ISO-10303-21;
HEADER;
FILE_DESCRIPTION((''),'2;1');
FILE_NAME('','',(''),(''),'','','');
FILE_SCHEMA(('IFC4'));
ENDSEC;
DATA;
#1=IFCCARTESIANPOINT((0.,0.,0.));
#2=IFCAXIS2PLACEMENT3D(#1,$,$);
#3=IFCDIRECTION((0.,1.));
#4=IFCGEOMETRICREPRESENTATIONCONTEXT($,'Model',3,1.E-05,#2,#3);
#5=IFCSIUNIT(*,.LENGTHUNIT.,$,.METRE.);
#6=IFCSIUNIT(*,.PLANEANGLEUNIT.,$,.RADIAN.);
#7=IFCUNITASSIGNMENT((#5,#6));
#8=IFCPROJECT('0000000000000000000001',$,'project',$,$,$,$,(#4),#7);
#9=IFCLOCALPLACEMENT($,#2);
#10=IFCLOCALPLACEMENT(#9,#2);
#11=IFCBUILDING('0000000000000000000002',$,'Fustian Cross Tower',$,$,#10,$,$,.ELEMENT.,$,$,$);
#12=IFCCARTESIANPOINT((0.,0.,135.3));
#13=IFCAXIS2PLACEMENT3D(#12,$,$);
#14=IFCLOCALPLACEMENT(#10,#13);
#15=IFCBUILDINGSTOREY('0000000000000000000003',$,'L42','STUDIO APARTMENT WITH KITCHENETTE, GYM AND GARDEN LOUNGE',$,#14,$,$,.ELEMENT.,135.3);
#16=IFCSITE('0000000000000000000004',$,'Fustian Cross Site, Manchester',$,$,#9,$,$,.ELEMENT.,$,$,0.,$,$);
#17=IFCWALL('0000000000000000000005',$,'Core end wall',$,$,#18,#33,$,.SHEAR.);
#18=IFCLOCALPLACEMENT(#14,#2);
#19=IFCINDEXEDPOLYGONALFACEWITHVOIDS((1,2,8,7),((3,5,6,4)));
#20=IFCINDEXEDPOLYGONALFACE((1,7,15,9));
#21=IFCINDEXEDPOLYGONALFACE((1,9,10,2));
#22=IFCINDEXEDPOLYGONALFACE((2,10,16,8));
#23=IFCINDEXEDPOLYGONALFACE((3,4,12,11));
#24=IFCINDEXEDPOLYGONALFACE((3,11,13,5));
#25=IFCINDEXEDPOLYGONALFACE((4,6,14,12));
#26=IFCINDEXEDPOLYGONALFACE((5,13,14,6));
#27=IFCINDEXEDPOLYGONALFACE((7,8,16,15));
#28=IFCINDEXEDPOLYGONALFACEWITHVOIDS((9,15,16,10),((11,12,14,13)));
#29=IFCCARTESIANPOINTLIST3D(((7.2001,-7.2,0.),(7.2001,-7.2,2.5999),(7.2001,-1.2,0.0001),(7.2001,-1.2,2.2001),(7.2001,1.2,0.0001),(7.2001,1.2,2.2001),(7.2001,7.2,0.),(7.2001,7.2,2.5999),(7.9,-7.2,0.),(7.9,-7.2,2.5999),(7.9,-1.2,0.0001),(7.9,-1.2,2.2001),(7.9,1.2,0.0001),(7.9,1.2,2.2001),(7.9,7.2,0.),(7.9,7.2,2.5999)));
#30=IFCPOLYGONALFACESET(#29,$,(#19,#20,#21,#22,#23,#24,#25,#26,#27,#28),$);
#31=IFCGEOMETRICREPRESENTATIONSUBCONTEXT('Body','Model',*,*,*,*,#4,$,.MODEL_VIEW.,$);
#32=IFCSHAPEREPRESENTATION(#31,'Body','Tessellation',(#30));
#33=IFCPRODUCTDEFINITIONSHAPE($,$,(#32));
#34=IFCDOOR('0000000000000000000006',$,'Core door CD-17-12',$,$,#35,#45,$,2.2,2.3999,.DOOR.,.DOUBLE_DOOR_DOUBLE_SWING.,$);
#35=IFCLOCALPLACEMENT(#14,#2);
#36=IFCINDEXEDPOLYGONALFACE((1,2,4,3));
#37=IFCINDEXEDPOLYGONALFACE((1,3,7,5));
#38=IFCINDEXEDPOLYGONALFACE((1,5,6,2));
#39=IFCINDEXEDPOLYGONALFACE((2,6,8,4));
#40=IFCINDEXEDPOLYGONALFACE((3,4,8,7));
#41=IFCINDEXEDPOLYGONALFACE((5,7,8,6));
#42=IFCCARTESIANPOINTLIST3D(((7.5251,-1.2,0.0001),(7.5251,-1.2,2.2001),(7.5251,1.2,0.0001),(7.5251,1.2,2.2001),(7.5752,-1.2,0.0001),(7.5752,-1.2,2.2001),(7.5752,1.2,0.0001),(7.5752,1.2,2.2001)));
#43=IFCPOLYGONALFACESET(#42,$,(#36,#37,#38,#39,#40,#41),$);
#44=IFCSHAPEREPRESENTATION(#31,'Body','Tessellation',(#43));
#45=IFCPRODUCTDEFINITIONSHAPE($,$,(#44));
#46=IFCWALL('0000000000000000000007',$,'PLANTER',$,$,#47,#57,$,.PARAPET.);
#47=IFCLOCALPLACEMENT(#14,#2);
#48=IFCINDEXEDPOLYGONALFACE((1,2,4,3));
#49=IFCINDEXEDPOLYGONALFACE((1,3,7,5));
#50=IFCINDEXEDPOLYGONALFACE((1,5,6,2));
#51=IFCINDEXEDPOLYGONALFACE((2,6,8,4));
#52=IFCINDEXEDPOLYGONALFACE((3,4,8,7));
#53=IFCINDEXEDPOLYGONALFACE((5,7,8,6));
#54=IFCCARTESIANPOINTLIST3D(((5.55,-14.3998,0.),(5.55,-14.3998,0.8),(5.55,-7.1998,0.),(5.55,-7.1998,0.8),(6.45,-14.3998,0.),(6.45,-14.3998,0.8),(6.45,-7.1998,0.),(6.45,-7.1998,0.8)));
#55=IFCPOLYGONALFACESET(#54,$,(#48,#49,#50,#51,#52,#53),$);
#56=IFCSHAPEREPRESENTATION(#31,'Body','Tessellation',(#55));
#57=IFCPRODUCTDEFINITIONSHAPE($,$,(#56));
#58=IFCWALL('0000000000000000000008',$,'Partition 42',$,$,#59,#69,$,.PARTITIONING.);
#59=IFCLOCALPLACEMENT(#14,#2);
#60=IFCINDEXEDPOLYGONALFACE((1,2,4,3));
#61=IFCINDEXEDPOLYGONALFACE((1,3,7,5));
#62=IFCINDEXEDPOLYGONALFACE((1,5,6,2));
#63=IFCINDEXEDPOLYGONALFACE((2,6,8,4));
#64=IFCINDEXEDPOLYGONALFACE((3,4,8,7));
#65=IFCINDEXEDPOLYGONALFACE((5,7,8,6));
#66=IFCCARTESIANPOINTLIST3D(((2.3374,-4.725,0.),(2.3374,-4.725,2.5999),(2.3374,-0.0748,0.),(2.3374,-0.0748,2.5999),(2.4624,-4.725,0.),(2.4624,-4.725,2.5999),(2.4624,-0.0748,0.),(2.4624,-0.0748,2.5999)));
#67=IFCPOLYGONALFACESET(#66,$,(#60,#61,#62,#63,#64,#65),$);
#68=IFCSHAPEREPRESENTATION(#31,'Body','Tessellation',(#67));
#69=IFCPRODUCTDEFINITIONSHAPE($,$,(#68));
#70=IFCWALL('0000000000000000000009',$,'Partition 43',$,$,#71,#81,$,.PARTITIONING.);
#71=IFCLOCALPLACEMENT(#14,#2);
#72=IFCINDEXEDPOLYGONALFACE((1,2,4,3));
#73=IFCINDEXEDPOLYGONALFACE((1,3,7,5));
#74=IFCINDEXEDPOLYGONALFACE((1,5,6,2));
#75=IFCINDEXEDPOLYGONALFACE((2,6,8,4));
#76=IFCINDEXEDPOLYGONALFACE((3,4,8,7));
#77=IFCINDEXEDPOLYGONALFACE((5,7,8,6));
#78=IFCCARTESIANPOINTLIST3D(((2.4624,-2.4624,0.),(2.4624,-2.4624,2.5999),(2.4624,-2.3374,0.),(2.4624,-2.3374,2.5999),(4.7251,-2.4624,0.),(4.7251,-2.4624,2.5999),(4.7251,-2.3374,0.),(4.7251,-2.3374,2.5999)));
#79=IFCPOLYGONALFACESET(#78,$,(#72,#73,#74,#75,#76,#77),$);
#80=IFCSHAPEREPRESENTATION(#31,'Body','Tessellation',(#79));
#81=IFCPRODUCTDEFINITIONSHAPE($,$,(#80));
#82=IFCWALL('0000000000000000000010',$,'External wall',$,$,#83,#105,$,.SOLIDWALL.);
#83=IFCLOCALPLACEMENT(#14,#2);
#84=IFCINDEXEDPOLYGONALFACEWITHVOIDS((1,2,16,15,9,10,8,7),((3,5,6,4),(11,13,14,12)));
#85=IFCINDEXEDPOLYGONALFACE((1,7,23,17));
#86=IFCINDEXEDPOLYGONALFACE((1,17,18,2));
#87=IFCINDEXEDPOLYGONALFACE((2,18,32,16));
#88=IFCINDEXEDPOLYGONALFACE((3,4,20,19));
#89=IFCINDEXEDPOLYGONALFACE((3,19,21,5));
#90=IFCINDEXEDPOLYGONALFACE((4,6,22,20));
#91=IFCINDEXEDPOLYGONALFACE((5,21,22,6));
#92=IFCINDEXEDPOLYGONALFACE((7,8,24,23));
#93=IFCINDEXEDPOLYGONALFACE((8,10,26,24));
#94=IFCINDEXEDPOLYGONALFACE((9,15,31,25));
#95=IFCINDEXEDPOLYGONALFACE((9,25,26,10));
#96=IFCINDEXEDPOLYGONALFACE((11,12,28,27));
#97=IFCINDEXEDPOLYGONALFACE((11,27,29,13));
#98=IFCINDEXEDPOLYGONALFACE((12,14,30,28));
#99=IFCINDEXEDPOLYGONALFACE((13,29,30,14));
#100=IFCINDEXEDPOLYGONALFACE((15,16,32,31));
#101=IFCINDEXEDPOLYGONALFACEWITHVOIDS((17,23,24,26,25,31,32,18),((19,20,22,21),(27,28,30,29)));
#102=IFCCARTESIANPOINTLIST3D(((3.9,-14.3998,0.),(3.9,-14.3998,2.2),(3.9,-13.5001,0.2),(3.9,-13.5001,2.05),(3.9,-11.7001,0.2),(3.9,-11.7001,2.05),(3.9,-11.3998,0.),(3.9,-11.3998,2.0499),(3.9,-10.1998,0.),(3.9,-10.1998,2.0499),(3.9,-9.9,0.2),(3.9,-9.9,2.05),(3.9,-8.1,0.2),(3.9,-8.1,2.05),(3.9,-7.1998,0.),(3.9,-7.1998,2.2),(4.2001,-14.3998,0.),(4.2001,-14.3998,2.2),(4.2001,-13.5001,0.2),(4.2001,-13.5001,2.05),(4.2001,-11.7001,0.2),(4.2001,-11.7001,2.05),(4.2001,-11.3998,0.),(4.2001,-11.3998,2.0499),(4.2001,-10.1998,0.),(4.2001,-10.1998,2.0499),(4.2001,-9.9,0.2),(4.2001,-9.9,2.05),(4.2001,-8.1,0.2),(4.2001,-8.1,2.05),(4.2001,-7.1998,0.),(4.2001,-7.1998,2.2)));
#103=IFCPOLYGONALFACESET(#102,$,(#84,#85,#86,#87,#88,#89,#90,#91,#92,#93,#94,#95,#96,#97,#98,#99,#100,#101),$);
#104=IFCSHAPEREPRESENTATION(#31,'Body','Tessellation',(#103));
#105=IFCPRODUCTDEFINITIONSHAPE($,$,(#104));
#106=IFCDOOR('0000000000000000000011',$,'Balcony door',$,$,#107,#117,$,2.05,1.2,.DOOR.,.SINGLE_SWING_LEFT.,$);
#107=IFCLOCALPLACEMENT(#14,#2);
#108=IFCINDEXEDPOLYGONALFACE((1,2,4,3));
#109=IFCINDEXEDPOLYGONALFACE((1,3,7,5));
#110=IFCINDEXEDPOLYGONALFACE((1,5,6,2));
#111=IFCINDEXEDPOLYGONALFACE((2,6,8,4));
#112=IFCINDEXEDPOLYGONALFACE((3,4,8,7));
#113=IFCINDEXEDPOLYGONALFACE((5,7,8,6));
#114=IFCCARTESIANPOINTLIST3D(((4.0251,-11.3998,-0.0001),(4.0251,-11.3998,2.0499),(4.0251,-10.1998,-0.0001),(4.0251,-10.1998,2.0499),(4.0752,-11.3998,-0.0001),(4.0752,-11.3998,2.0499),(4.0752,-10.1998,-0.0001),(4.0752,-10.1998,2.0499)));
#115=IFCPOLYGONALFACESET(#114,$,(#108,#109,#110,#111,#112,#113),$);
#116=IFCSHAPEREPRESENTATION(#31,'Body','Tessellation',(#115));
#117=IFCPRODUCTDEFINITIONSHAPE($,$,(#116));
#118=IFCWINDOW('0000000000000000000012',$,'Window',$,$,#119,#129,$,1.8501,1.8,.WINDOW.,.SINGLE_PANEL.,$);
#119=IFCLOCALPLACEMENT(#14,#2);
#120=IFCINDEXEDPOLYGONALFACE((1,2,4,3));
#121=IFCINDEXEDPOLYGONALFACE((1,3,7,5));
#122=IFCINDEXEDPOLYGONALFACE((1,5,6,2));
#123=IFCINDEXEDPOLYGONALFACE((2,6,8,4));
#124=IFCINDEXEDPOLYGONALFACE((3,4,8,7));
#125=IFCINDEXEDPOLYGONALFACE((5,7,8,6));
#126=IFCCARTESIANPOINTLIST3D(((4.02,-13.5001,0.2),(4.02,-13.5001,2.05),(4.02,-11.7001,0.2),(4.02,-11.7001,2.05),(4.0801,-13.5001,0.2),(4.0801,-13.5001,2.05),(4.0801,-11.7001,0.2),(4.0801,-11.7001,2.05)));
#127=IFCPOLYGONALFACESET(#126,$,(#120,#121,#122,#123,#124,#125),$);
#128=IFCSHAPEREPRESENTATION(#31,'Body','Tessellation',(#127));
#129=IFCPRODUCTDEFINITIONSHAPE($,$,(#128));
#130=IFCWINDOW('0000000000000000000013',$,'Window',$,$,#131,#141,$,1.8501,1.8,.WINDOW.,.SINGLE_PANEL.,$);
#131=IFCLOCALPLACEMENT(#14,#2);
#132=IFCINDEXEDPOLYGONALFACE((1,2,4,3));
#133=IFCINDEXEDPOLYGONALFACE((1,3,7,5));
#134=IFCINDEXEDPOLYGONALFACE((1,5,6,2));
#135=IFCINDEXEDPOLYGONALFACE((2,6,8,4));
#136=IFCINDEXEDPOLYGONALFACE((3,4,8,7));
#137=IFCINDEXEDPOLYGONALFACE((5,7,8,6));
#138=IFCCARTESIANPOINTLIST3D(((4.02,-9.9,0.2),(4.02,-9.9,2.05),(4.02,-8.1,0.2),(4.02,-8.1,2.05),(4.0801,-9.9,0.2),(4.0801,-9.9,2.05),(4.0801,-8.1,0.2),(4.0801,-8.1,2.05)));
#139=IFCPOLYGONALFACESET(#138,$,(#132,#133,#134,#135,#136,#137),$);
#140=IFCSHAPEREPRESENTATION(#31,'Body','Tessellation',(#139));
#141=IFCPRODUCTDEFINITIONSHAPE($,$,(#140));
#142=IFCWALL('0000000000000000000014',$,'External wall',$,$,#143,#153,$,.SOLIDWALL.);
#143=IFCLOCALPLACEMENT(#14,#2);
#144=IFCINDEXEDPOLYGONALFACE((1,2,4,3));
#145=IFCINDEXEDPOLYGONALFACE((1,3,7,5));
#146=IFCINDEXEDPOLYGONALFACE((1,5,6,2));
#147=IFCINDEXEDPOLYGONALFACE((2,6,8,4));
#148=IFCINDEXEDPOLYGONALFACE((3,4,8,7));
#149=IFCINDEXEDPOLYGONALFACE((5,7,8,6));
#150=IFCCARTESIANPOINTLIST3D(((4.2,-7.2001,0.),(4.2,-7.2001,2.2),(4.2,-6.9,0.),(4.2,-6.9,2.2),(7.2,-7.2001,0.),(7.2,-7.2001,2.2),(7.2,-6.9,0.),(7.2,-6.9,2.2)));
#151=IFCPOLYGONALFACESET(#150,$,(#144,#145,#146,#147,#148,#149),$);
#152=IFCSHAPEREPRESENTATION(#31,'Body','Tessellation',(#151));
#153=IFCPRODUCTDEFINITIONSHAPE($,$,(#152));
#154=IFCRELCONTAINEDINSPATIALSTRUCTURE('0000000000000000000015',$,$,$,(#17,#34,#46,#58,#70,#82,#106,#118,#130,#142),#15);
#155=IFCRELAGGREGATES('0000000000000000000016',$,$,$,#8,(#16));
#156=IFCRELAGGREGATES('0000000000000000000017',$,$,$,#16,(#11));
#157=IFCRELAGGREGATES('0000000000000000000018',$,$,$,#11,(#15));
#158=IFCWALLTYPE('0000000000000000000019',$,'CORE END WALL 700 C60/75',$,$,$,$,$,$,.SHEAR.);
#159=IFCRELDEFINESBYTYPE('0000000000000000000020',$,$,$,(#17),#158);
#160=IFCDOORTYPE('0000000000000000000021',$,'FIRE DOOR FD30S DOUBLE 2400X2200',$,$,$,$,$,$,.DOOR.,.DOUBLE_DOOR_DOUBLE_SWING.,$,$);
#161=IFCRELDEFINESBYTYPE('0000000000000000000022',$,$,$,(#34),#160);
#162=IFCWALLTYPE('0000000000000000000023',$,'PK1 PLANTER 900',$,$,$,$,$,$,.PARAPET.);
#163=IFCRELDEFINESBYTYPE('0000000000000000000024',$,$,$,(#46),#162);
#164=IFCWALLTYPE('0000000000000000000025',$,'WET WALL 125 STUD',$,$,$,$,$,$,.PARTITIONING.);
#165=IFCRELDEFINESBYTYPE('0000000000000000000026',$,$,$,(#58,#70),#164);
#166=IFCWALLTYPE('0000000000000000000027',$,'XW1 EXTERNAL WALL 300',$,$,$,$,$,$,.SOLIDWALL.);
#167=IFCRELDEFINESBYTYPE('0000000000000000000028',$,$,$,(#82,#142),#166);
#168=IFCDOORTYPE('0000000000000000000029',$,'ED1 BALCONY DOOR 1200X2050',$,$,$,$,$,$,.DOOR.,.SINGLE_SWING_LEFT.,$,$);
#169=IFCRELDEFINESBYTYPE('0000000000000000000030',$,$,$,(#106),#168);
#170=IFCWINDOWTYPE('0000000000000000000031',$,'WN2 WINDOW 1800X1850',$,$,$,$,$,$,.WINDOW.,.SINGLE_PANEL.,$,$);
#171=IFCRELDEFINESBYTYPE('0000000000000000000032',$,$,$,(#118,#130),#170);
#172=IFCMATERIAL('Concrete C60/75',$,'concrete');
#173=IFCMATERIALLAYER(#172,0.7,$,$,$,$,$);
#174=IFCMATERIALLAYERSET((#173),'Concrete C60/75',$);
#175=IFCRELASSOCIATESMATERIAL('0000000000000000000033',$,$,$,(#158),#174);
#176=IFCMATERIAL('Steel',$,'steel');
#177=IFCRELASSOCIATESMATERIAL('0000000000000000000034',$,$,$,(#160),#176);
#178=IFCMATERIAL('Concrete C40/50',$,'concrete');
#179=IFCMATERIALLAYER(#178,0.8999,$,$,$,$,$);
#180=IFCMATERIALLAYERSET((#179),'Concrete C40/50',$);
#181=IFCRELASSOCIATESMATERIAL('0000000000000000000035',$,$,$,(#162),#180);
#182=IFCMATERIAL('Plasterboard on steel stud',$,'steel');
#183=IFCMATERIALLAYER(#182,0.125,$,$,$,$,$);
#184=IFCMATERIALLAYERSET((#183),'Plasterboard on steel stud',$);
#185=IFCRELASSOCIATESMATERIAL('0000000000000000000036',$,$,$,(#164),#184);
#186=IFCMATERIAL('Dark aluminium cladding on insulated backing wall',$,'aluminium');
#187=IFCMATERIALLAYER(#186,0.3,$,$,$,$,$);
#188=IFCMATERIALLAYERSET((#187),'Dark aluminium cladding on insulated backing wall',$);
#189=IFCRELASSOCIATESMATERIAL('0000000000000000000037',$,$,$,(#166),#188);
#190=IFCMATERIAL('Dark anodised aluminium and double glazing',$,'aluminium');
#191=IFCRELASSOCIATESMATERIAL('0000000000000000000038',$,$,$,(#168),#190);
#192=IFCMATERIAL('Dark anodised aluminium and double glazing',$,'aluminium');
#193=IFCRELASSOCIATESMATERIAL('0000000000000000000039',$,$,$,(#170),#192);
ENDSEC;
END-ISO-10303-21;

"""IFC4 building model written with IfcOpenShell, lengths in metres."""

from ifc_helpers import new_model, si_unit, direction, frame, frame_2d, origin, place, context, subcontext, project, spatial, rectangle, extrude, material, layer, layer_set, type_object, element, fill, save


model = new_model("IFC4")

# Units and contexts
model_context = context("Model", 3, precision=1e-05, world=origin(), true_north=direction((0.0, 1.0)))
body_context = subcontext(model_context, "Body", "Model", "MODEL_VIEW")
ifc_project = project(units=[si_unit("LENGTHUNIT", "METRE"), si_unit("PLANEANGLEUNIT", "RADIAN")], contexts=[model_context])

# Site, building, storey
site_placement = place(None, origin())
site = spatial("IfcSite", under=ifc_project, at=site_placement, Name="Fustian Cross Site, Manchester", CompositionType="ELEMENT", RefElevation=0.0)
building_placement = place(site_placement, origin())
building = spatial("IfcBuilding", under=site, at=building_placement, Name="Fustian Cross Tower", CompositionType="ELEMENT")
storey_placement = place(building_placement, frame((0.0, 0.0, 135.3)))
storey = spatial("IfcBuildingStorey", under=building, at=storey_placement, Name="L42", Description="STUDIO APARTMENT WITH KITCHENETTE, GYM AND GARDEN LOUNGE", CompositionType="ELEMENT", Elevation=135.3)

# Wall, opening, door
ifc_material_1 = material(Name="Concrete C60/75", Category="concrete")
ifc_layer_1 = layer(ifc_material_1, 0.7)
ifc_layer_set_1 = layer_set([ifc_layer_1], Name="Concrete C60/75")
wall_type_1 = type_object("IfcWallType", Name="CORE END WALL 700 C60/75", PredefinedType="SHEAR", material=ifc_layer_set_1)
wall_1_placement = place(storey_placement, frame((7.55, -7.2, 0.0), z_axis=(0.0, 0.0, 1.0), x_axis=(0.0, 1.0, 0.0)))
wall_1 = element("IfcWall", 1, at=wall_1_placement, inside=storey, type_object=wall_type_1, Name="Core end wall", PredefinedType="SHEAR", context=body_context, shape_type="SweptSolid", body=[
    extrude(rectangle(XDim=14.3999, YDim=0.7, at=frame_2d((7.2, 0.0))), origin(), (0.0, 0.0, 1.0), 2.5999),
])
opening_1_placement = place(wall_1_placement, frame((6.0, 0.0, 0.0)))
opening_1 = element("IfcOpeningElement", 2, at=opening_1_placement, cuts=wall_1, PredefinedType="OPENING", context=body_context, shape_type="SweptSolid", body=[
    extrude(rectangle(XDim=2.3999, YDim=2.2, at=frame_2d((1.2, 1.1001))), frame((0.0, 0.3599, 0.0), z_axis=(0.0, -1.0, 0.0), x_axis=(1.0, 0.0, 0.0)), (0.0, 0.0, 1.0), 0.72),
])
ifc_material_2 = material(Name="Steel", Category="steel")
door_type_1 = type_object("IfcDoorType", Name="FIRE DOOR FD30S DOUBLE 2400X2200", OperationType="DOUBLE_DOOR_DOUBLE_SWING", PredefinedType="DOOR", material=ifc_material_2)
door_1_placement = place(opening_1_placement, origin())
door_1 = element("IfcDoor", 3, at=door_1_placement, inside=storey, type_object=door_type_1, Name="Core door CD-17-12", OperationType="DOUBLE_DOOR_DOUBLE_SWING", OverallHeight=2.2, OverallWidth=2.3999, PredefinedType="DOOR", context=body_context, shape_type="SweptSolid", body=[
    extrude(rectangle(XDim=2.3999, YDim=2.2, at=frame_2d((1.2, 1.1001))), frame((0.0, 0.0249, 0.0), z_axis=(0.0, -1.0, 0.0), x_axis=(1.0, 0.0, 0.0)), (0.0, 0.0, 1.0), 0.05),
])
fill(opening_1, door_1)

# Walls
ifc_material_3 = material(Name="Concrete C40/50", Category="concrete")
ifc_layer_2 = layer(ifc_material_3, 0.8999)
ifc_layer_set_2 = layer_set([ifc_layer_2], Name="Concrete C40/50")
wall_type_2 = type_object("IfcWallType", Name="PK1 PLANTER 900", PredefinedType="PARAPET", material=ifc_layer_set_2)
wall_2_placement = place(storey_placement, frame((6.0, -14.3999, 0.0), z_axis=(0.0, 0.0, 1.0), x_axis=(0.0, 1.0, 0.0)))
element("IfcWall", 4, at=wall_2_placement, inside=storey, type_object=wall_type_2, Name="PLANTER", PredefinedType="PARAPET", context=body_context, shape_type="SweptSolid", body=[
    extrude(rectangle(XDim=7.2, YDim=0.8999, at=frame_2d((3.6001, 0.0))), origin(), (0.0, 0.0, 1.0), 0.8),
])
ifc_material_4 = material(Name="Plasterboard on steel stud", Category="steel")
ifc_layer_3 = layer(ifc_material_4, 0.125)
ifc_layer_set_3 = layer_set([ifc_layer_3], Name="Plasterboard on steel stud")
wall_type_3 = type_object("IfcWallType", Name="WET WALL 125 STUD", PredefinedType="PARTITIONING", material=ifc_layer_set_3)
wall_3_placement = place(storey_placement, frame((2.3999, -4.7251, 0.0), z_axis=(0.0, 0.0, 1.0), x_axis=(0.0, 1.0, 0.0)))
element("IfcWall", 5, at=wall_3_placement, inside=storey, type_object=wall_type_3, Name="Partition 42", PredefinedType="PARTITIONING", context=body_context, shape_type="SweptSolid", body=[
    extrude(rectangle(XDim=4.6501, YDim=0.125, at=frame_2d((2.3252, 0.0))), origin(), (0.0, 0.0, 1.0), 2.5999),
])
wall_4_placement = place(storey_placement, frame((2.4624, -2.3999, 0.0), z_axis=(0.0, 0.0, 1.0), x_axis=(1.0, 0.0, 0.0)))
element("IfcWall", 6, at=wall_4_placement, inside=storey, type_object=wall_type_3, Name="Partition 43", PredefinedType="PARTITIONING", context=body_context, shape_type="SweptSolid", body=[
    extrude(rectangle(XDim=2.2627, YDim=0.125, at=frame_2d((1.1313, 0.0))), origin(), (0.0, 0.0, 1.0), 2.5999),
])

# Wall, openings, door, windows
ifc_material_5 = material(Name="Dark aluminium cladding on insulated backing wall", Category="aluminium")
ifc_layer_4 = layer(ifc_material_5, 0.3)
ifc_layer_set_4 = layer_set([ifc_layer_4], Name="Dark aluminium cladding on insulated backing wall")
wall_type_4 = type_object("IfcWallType", Name="XW1 EXTERNAL WALL 300", PredefinedType="SOLIDWALL", material=ifc_layer_set_4)
wall_5_placement = place(storey_placement, frame((4.05, -14.3999, 0.0), z_axis=(0.0, 0.0, 1.0), x_axis=(0.0, 1.0, 0.0)))
wall_5 = element("IfcWall", 7, at=wall_5_placement, inside=storey, type_object=wall_type_4, Name="External wall", PredefinedType="SOLIDWALL", context=body_context, shape_type="SweptSolid", body=[
    extrude(rectangle(XDim=7.2, YDim=0.3, at=frame_2d((3.6001, 0.0))), origin(), (0.0, 0.0, 1.0), 2.2),
])
opening_2_placement = place(wall_5_placement, frame((3.0, 0.0, 0.0)))
opening_2 = element("IfcOpeningElement", 8, at=opening_2_placement, cuts=wall_5, PredefinedType="OPENING", context=body_context, shape_type="SweptSolid", body=[
    extrude(rectangle(XDim=1.2, YDim=2.05, at=frame_2d((0.6001, 1.0249))), frame((0.0, 0.1599, 0.0), z_axis=(0.0, -1.0, 0.0), x_axis=(1.0, 0.0, 0.0)), (0.0, 0.0, 1.0), 0.3201),
])
opening_3_placement = place(wall_5_placement, frame((0.8999, 0.0, 0.2)))
opening_3 = element("IfcOpeningElement", 9, at=opening_3_placement, cuts=wall_5, PredefinedType="OPENING", context=body_context, shape_type="SweptSolid", body=[
    extrude(rectangle(XDim=1.8, YDim=1.8501, at=frame_2d((0.8999, 0.925))), frame((0.0, 0.1599, 0.0), z_axis=(0.0, -1.0, 0.0), x_axis=(1.0, 0.0, 0.0)), (0.0, 0.0, 1.0), 0.3201),
])
opening_4_placement = place(wall_5_placement, frame((4.5, 0.0, 0.2)))
opening_4 = element("IfcOpeningElement", 10, at=opening_4_placement, cuts=wall_5, PredefinedType="OPENING", context=body_context, shape_type="SweptSolid", body=[
    extrude(rectangle(XDim=1.8, YDim=1.8501, at=frame_2d((0.8999, 0.925))), frame((0.0, 0.1599, 0.0), z_axis=(0.0, -1.0, 0.0), x_axis=(1.0, 0.0, 0.0)), (0.0, 0.0, 1.0), 0.3201),
])
ifc_material_6 = material(Name="Dark anodised aluminium and double glazing", Category="aluminium")
door_type_2 = type_object("IfcDoorType", Name="ED1 BALCONY DOOR 1200X2050", OperationType="SINGLE_SWING_LEFT", PredefinedType="DOOR", material=ifc_material_6)
door_2_placement = place(opening_2_placement, origin())
door_2 = element("IfcDoor", 11, at=door_2_placement, inside=storey, type_object=door_type_2, Name="Balcony door", OperationType="SINGLE_SWING_LEFT", OverallHeight=2.05, OverallWidth=1.2, PredefinedType="DOOR", context=body_context, shape_type="SweptSolid", body=[
    extrude(rectangle(XDim=1.2, YDim=2.05, at=frame_2d((0.6001, 1.0249))), frame((0.0, 0.0249, 0.0), z_axis=(0.0, -1.0, 0.0), x_axis=(1.0, 0.0, 0.0)), (0.0, 0.0, 1.0), 0.05),
])
fill(opening_2, door_2)
ifc_material_7 = material(Name="Dark anodised aluminium and double glazing", Category="aluminium")
window_type = type_object("IfcWindowType", Name="WN2 WINDOW 1800X1850", PartitioningType="SINGLE_PANEL", PredefinedType="WINDOW", material=ifc_material_7)
window_1_placement = place(opening_3_placement, origin())
window_1 = element("IfcWindow", 12, at=window_1_placement, inside=storey, type_object=window_type, Name="Window", OverallHeight=1.8501, OverallWidth=1.8, PartitioningType="SINGLE_PANEL", PredefinedType="WINDOW", context=body_context, shape_type="SweptSolid", body=[
    extrude(rectangle(XDim=1.8, YDim=1.8501, at=frame_2d((0.8999, 0.925))), frame((0.0, 0.03, 0.0), z_axis=(0.0, -1.0, 0.0), x_axis=(1.0, 0.0, 0.0)), (0.0, 0.0, 1.0), 0.0601),
])
fill(opening_3, window_1)
window_2_placement = place(opening_4_placement, origin())
window_2 = element("IfcWindow", 13, at=window_2_placement, inside=storey, type_object=window_type, Name="Window", OverallHeight=1.8501, OverallWidth=1.8, PartitioningType="SINGLE_PANEL", PredefinedType="WINDOW", context=body_context, shape_type="SweptSolid", body=[
    extrude(rectangle(XDim=1.8, YDim=1.8501, at=frame_2d((0.8999, 0.925))), frame((0.0, 0.03, 0.0), z_axis=(0.0, -1.0, 0.0), x_axis=(1.0, 0.0, 0.0)), (0.0, 0.0, 1.0), 0.0601),
])
fill(opening_4, window_2)

# Wall
wall_6_placement = place(storey_placement, frame((4.2, -7.05, 0.0), z_axis=(0.0, 0.0, 1.0), x_axis=(1.0, 0.0, 0.0)))
element("IfcWall", 14, at=wall_6_placement, inside=storey, type_object=wall_type_4, Name="External wall", PredefinedType="SOLIDWALL", context=body_context, shape_type="SweptSolid", body=[
    extrude(rectangle(XDim=3.0, YDim=0.3, at=frame_2d((1.5, 0.0))), origin(), (0.0, 0.0, 1.0), 2.2),
])

save(model, "model.ifc")
